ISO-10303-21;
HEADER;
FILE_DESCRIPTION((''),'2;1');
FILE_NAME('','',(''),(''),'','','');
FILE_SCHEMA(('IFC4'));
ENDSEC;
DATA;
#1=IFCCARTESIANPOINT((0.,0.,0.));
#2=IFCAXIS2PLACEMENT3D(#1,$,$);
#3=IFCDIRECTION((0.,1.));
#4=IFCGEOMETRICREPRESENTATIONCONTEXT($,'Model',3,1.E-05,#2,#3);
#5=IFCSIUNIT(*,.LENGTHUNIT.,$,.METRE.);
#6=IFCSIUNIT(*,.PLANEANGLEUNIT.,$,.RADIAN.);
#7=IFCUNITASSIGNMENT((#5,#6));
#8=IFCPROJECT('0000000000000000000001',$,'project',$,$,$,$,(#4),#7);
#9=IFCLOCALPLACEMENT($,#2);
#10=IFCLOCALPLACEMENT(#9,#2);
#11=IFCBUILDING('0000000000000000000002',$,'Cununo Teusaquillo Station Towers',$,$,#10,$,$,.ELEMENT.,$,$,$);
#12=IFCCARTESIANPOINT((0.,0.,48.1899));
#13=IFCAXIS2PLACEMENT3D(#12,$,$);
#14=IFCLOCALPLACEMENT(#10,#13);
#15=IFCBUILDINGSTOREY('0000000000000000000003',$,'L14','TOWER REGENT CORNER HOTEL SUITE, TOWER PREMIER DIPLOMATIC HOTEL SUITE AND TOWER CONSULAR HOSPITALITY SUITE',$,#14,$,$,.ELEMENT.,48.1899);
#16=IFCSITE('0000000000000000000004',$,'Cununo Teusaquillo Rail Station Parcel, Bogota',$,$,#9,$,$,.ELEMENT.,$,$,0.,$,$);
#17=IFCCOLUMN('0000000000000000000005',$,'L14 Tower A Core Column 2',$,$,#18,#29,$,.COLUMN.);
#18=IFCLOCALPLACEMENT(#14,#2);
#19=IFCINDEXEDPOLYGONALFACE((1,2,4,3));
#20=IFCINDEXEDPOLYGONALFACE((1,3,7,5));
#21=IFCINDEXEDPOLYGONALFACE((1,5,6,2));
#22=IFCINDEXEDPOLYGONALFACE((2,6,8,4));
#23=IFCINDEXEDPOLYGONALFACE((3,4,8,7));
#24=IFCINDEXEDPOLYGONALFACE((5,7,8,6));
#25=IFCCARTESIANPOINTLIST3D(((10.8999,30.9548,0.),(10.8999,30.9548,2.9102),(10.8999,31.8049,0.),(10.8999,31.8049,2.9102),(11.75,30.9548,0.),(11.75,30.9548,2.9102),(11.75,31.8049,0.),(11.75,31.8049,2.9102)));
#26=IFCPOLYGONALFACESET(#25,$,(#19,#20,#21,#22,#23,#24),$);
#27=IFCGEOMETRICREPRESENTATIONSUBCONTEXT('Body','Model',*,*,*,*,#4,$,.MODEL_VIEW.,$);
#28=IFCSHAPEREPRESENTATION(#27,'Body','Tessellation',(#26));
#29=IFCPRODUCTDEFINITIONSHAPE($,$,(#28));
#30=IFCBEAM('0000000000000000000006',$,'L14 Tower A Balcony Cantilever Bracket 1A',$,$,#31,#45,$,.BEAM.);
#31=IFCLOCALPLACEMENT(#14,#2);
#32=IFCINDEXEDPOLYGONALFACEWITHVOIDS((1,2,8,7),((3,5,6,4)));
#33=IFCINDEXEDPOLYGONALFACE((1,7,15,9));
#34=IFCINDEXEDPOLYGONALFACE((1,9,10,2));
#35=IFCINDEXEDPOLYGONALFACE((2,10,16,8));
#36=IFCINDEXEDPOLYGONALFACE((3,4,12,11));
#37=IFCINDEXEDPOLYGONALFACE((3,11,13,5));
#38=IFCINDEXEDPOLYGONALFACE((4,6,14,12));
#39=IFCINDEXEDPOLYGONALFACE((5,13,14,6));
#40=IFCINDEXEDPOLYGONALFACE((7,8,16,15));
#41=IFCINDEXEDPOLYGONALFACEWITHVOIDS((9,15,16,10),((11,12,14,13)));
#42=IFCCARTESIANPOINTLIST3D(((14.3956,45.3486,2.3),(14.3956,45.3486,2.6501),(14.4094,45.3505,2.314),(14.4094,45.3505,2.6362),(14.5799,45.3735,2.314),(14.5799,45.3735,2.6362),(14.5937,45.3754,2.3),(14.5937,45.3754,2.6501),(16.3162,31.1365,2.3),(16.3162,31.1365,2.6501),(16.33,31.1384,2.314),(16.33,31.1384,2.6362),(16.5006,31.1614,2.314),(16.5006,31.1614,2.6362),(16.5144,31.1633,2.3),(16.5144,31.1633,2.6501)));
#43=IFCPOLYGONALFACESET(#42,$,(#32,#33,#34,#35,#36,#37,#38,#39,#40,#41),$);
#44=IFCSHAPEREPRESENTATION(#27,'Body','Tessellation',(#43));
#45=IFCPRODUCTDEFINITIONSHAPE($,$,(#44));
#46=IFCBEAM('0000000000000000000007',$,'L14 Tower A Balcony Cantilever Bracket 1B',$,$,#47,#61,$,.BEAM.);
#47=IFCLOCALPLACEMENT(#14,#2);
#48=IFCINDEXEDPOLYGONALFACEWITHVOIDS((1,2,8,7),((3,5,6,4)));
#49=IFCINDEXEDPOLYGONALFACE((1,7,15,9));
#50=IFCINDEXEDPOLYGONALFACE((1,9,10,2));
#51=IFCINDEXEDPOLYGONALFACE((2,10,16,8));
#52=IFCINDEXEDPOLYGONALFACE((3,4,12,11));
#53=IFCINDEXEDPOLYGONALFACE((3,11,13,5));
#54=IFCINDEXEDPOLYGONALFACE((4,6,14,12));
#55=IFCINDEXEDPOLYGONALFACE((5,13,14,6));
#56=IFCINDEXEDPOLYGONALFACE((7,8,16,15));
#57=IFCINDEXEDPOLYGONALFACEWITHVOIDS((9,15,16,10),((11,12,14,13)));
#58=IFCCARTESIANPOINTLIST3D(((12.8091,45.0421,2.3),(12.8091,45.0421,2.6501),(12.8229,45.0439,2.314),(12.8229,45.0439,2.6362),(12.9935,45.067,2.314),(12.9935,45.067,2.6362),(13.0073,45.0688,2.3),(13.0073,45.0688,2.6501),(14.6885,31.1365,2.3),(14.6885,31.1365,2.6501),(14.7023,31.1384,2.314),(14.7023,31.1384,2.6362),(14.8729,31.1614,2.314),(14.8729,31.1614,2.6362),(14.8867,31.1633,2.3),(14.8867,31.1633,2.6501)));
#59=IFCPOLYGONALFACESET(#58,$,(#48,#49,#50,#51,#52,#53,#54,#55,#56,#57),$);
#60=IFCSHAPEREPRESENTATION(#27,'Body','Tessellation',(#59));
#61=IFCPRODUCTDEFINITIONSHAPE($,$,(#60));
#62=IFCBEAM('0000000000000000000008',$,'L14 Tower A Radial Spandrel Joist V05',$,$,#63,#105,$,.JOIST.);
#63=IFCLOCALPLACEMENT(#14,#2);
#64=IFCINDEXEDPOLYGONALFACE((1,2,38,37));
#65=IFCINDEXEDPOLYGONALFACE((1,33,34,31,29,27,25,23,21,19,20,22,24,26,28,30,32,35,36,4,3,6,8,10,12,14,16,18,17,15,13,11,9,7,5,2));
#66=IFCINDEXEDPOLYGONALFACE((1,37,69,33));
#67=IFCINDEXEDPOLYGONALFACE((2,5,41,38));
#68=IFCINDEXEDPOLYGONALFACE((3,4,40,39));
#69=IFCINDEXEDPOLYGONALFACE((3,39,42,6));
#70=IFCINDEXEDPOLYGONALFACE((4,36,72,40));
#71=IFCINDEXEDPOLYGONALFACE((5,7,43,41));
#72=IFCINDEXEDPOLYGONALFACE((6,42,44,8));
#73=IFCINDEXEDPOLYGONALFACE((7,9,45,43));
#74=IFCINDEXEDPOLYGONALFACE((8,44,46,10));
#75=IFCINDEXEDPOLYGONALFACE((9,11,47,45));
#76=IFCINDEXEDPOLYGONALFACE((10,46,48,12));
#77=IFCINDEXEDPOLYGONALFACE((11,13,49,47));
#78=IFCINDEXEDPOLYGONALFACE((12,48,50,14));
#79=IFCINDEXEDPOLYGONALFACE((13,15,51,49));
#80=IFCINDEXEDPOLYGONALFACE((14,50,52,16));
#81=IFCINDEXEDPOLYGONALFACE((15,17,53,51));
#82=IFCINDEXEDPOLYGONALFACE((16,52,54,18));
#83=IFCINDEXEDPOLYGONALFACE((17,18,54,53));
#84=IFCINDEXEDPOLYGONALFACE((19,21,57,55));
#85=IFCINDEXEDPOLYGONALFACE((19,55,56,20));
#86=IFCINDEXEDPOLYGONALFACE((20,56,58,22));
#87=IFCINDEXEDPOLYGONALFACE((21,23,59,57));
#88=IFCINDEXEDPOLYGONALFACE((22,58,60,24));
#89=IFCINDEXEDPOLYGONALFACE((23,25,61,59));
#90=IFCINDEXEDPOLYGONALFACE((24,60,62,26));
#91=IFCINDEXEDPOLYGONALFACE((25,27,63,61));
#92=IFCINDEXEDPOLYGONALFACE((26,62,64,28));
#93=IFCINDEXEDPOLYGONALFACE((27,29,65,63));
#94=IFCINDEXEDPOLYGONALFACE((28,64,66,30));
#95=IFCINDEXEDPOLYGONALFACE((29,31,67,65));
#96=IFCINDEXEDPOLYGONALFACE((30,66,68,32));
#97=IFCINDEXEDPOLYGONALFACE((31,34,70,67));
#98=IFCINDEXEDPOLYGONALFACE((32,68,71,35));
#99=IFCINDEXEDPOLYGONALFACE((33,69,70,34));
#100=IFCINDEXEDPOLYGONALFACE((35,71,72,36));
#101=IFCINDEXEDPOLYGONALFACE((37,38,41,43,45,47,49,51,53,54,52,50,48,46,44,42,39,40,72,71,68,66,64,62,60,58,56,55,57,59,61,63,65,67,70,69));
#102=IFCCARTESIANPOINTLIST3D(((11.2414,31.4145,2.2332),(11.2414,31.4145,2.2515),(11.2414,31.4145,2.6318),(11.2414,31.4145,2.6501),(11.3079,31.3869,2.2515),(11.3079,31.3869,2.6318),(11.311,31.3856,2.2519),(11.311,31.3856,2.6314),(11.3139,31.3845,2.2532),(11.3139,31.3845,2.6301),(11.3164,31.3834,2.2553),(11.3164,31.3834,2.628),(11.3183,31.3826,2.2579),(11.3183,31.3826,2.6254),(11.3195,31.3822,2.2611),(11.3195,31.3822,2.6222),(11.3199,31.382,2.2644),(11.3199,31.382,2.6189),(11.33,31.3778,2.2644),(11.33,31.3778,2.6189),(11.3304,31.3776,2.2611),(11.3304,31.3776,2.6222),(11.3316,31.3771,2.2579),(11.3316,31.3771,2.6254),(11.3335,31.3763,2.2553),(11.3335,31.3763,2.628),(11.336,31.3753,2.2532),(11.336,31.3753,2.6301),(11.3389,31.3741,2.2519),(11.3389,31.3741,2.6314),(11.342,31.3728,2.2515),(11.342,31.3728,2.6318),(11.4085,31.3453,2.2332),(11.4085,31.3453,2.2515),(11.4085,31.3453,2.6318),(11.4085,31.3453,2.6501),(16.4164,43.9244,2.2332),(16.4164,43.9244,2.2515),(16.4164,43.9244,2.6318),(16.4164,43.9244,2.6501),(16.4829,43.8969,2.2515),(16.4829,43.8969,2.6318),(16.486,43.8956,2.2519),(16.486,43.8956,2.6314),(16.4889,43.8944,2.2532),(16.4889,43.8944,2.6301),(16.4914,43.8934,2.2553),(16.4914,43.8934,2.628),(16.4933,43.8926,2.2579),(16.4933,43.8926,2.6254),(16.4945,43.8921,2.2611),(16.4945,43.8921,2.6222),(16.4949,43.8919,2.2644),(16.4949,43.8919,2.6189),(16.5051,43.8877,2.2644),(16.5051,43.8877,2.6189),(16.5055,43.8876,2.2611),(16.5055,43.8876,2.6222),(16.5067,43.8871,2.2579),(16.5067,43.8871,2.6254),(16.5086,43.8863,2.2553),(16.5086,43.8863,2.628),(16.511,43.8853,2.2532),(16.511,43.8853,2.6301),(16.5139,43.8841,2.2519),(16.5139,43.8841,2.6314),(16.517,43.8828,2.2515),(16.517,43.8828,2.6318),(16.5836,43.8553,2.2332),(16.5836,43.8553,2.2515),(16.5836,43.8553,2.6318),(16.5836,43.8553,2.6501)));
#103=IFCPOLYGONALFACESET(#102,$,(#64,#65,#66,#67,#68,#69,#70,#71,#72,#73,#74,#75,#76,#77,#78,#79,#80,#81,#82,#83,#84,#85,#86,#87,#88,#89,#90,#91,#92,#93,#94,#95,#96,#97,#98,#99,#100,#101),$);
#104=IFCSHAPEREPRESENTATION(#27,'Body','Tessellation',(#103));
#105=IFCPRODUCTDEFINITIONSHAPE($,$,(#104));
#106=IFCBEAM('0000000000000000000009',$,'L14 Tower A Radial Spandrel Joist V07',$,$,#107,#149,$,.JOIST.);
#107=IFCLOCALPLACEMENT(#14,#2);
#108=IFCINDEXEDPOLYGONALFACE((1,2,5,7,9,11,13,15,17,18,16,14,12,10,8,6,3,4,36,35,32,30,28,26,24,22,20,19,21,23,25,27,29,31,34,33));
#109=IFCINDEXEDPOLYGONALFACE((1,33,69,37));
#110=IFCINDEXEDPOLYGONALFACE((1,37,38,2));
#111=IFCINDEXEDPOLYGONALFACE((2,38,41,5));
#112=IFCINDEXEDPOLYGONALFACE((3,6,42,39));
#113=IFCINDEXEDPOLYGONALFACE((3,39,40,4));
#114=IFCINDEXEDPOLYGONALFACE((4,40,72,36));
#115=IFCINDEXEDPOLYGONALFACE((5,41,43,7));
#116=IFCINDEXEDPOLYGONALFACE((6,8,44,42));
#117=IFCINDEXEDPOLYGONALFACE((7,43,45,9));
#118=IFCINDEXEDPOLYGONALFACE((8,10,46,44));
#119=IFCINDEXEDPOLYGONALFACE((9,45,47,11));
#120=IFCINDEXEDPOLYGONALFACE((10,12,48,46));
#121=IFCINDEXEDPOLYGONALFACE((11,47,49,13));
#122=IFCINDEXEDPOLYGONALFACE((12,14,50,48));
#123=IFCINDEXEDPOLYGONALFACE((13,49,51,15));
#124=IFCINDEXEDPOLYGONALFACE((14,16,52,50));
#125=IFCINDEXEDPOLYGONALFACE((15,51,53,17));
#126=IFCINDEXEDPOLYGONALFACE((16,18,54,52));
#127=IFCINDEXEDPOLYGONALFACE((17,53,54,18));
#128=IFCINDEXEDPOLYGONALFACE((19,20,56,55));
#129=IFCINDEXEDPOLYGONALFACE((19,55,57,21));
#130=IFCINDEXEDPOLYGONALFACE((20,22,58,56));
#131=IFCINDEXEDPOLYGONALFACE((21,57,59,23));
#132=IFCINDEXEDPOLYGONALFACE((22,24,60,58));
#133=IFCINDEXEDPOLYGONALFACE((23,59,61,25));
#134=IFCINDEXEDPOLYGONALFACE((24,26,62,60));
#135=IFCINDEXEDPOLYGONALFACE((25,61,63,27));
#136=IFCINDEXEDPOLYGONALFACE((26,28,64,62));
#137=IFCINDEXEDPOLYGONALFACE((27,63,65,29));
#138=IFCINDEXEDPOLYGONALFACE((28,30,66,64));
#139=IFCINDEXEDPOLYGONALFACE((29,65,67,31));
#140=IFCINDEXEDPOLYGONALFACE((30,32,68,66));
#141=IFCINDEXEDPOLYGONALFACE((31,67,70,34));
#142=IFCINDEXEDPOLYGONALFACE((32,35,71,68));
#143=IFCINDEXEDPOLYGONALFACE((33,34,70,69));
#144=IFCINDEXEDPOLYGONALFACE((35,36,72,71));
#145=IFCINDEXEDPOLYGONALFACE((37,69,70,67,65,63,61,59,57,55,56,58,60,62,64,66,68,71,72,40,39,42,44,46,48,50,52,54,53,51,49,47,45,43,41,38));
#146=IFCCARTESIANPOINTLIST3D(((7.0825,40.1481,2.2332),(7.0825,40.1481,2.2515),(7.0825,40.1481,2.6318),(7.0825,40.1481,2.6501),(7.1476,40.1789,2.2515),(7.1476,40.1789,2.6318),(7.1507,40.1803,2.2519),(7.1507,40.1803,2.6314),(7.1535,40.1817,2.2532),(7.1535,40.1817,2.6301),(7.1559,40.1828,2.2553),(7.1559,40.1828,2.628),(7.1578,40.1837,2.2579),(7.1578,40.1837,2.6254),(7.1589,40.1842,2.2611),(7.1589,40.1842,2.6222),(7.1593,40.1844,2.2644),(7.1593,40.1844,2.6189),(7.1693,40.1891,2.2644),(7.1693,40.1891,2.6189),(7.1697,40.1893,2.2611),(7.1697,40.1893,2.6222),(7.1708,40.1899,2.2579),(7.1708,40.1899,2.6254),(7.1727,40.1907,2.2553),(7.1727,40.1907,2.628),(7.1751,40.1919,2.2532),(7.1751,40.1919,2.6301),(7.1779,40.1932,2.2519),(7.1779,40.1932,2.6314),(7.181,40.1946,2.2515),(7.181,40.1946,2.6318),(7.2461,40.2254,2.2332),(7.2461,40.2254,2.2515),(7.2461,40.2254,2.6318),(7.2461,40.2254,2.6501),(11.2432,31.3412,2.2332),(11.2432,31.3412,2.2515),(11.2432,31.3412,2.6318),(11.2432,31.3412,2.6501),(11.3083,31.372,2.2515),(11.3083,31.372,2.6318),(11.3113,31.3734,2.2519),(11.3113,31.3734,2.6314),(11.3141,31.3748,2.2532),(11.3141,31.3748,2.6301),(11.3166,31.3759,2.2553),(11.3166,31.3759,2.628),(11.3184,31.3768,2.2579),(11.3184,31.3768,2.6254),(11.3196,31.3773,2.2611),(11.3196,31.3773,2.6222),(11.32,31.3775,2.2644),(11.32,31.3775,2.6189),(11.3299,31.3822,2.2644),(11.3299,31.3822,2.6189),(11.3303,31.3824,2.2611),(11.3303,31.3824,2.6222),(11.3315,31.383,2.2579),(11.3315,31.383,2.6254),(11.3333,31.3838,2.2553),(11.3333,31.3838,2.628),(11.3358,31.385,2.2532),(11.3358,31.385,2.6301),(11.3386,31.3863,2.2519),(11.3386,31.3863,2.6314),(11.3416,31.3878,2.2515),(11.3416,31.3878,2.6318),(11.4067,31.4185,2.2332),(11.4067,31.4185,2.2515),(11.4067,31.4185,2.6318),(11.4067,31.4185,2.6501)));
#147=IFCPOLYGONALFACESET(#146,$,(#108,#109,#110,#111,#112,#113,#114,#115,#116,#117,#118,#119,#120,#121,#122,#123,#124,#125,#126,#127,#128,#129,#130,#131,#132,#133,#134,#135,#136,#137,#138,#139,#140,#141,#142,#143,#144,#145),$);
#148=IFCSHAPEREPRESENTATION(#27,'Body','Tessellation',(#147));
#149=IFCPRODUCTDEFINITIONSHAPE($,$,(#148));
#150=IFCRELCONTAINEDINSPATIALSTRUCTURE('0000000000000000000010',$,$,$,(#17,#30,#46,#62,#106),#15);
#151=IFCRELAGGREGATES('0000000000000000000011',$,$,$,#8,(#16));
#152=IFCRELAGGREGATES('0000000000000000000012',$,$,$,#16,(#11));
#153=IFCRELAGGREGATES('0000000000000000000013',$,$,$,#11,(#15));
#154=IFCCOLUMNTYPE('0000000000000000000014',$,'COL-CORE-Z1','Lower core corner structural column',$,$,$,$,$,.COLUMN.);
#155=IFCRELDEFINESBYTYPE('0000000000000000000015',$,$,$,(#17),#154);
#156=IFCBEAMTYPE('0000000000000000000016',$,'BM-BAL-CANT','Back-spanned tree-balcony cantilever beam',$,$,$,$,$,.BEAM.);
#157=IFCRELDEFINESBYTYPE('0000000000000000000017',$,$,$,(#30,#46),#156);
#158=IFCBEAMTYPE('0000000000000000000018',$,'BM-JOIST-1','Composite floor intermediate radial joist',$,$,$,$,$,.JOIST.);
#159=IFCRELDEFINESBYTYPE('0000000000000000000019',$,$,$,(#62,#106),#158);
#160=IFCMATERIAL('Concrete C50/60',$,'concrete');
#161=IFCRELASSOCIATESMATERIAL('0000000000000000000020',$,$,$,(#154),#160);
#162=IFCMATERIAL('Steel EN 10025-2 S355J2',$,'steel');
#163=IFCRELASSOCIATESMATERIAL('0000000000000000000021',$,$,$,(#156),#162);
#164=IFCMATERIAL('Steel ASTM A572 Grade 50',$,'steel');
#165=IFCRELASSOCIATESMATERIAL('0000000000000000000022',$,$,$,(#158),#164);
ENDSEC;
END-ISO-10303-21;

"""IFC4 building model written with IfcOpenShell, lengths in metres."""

from ifc_helpers import new_model, si_unit, direction, frame, origin, origin_2d, place, context, subcontext, project, spatial, rectangle, hollow_rectangle, i_section, extrude, material, material_profile, profile_set, type_object, element, save


model = new_model("IFC4")

# Units and contexts
model_context = context("Model", 3, precision=1e-05, world=origin(), true_north=direction((0.0, 1.0)))
body_context = subcontext(model_context, "Body", "Model", "MODEL_VIEW")
ifc_project = project(units=[si_unit("LENGTHUNIT", "METRE"), si_unit("PLANEANGLEUNIT", "RADIAN")], contexts=[model_context])

# Site, building, storey
site_placement = place(None, origin())
site = spatial("IfcSite", under=ifc_project, at=site_placement, Name="Cununo Teusaquillo Rail Station Parcel, Bogota", CompositionType="ELEMENT", RefElevation=0.0)
building_placement = place(site_placement, origin())
building = spatial("IfcBuilding", under=site, at=building_placement, Name="Cununo Teusaquillo Station Towers", CompositionType="ELEMENT")
storey_placement = place(building_placement, frame((0.0, 0.0, 48.1899)))
storey = spatial("IfcBuildingStorey", under=building, at=storey_placement, Name="L14", Description="TOWER REGENT CORNER HOTEL SUITE, TOWER PREMIER DIPLOMATIC HOTEL SUITE AND TOWER CONSULAR HOSPITALITY SUITE", CompositionType="ELEMENT", Elevation=48.1899)

# Column
ifc_material_1 = material(Name="Concrete C50/60", Category="concrete")
ifc_material_profile_1 = material_profile(ifc_material_1, rectangle(XDim=0.8501, YDim=0.8501, at=origin_2d()), Name="RC-RECT-850x850")
ifc_profile_set_1 = profile_set([ifc_material_profile_1], Name="Concrete C50/60")
column_type = type_object("IfcColumnType", Name="COL-CORE-Z1", Description="Lower core corner structural column", PredefinedType="COLUMN", material=ifc_profile_set_1)
column_placement = place(storey_placement, frame((11.325, 31.3799, 0.0), z_axis=(0.0, 0.0, 1.0), x_axis=(1.0, 0.0, 0.0)))
element("IfcColumn", 1, at=column_placement, inside=storey, type_object=column_type, Name="L14 Tower A Core Column 2", PredefinedType="COLUMN", context=body_context, shape_type="SweptSolid", body=[
    extrude(rectangle(XDim=0.8501, YDim=0.8501, at=origin_2d()), origin(), (0.0, 0.0, 1.0), 2.9102),
])

# Beams
ifc_material_2 = material(Name="Steel EN 10025-2 S355J2", Category="steel")
ifc_material_profile_2 = material_profile(ifc_material_2, hollow_rectangle(XDim=0.2, YDim=0.3501, WallThickness=0.0139, at=origin_2d()), Name="RHS 350x200x14")
ifc_profile_set_2 = profile_set([ifc_material_profile_2], Name="Steel EN 10025-2 S355J2")
beam_type_1 = type_object("IfcBeamType", Name="BM-BAL-CANT", Description="Back-spanned tree-balcony cantilever beam", PredefinedType="BEAM", material=ifc_profile_set_2)
beam_1_placement = place(storey_placement, frame((16.4153, 31.1499, 2.4751), z_axis=(-0.133924, 0.990992, 0.0), x_axis=(-0.990992, -0.133924, 0.0)))
element("IfcBeam", 2, at=beam_1_placement, inside=storey, type_object=beam_type_1, Name="L14 Tower A Balcony Cantilever Bracket 1A", PredefinedType="BEAM", context=body_context, shape_type="SweptSolid", body=[
    extrude(hollow_rectangle(XDim=0.2, YDim=0.3501, WallThickness=0.0139, at=origin_2d()), origin(), (0.0, 0.0, 1.0), 14.3413),
])
beam_2_placement = place(storey_placement, frame((14.7876, 31.1499, 2.4751), z_axis=(-0.133937, 0.99099, 0.0), x_axis=(-0.99099, -0.133937, 0.0)))
element("IfcBeam", 3, at=beam_2_placement, inside=storey, type_object=beam_type_1, Name="L14 Tower A Balcony Cantilever Bracket 1B", PredefinedType="BEAM", context=body_context, shape_type="SweptSolid", body=[
    extrude(hollow_rectangle(XDim=0.2, YDim=0.3501, WallThickness=0.0139, at=origin_2d()), origin(), (0.0, 0.0, 1.0), 14.032),
])
ifc_material_3 = material(Name="Steel ASTM A572 Grade 50", Category="steel")
ifc_material_profile_3 = material_profile(ifc_material_3, i_section(OverallWidth=0.1809, OverallDepth=0.417, WebThickness=0.011, FlangeThickness=0.0183, FilletRadius=0.0129, at=origin_2d()), Name="W16X57")
ifc_profile_set_3 = profile_set([ifc_material_profile_3], Name="Steel ASTM A572 Grade 50")
beam_type_2 = type_object("IfcBeamType", Name="BM-JOIST-1", Description="Composite floor intermediate radial joist", PredefinedType="JOIST", material=ifc_profile_set_3)
beam_3_placement = place(storey_placement, frame((11.325, 31.3799, 2.4417), z_axis=(0.382257, 0.924056, 0.0), x_axis=(-0.924056, 0.382257, 0.0)))
element("IfcBeam", 4, at=beam_3_placement, inside=storey, type_object=beam_type_2, Name="L14 Tower A Radial Spandrel Joist V05", PredefinedType="JOIST", context=body_context, shape_type="SweptSolid", body=[
    extrude(i_section(OverallWidth=0.1809, OverallDepth=0.417, WebThickness=0.011, FlangeThickness=0.0183, FilletRadius=0.0129, at=origin_2d()), origin(), (0.0, 0.0, 1.0), 13.5381),
])
beam_4_placement = place(storey_placement, frame((11.325, 31.3799, 2.4417), z_axis=(-0.427161, 0.904176, 0.0), x_axis=(-0.904176, -0.427161, 0.0)))
element("IfcBeam", 5, at=beam_4_placement, inside=storey, type_object=beam_type_2, Name="L14 Tower A Radial Spandrel Joist V07", PredefinedType="JOIST", context=body_context, shape_type="SweptSolid", body=[
    extrude(i_section(OverallWidth=0.1809, OverallDepth=0.417, WebThickness=0.011, FlangeThickness=0.0183, FilletRadius=0.0129, at=origin_2d()), origin(), (0.0, 0.0, 1.0), 9.7402),
])

save(model, "model.ifc")
